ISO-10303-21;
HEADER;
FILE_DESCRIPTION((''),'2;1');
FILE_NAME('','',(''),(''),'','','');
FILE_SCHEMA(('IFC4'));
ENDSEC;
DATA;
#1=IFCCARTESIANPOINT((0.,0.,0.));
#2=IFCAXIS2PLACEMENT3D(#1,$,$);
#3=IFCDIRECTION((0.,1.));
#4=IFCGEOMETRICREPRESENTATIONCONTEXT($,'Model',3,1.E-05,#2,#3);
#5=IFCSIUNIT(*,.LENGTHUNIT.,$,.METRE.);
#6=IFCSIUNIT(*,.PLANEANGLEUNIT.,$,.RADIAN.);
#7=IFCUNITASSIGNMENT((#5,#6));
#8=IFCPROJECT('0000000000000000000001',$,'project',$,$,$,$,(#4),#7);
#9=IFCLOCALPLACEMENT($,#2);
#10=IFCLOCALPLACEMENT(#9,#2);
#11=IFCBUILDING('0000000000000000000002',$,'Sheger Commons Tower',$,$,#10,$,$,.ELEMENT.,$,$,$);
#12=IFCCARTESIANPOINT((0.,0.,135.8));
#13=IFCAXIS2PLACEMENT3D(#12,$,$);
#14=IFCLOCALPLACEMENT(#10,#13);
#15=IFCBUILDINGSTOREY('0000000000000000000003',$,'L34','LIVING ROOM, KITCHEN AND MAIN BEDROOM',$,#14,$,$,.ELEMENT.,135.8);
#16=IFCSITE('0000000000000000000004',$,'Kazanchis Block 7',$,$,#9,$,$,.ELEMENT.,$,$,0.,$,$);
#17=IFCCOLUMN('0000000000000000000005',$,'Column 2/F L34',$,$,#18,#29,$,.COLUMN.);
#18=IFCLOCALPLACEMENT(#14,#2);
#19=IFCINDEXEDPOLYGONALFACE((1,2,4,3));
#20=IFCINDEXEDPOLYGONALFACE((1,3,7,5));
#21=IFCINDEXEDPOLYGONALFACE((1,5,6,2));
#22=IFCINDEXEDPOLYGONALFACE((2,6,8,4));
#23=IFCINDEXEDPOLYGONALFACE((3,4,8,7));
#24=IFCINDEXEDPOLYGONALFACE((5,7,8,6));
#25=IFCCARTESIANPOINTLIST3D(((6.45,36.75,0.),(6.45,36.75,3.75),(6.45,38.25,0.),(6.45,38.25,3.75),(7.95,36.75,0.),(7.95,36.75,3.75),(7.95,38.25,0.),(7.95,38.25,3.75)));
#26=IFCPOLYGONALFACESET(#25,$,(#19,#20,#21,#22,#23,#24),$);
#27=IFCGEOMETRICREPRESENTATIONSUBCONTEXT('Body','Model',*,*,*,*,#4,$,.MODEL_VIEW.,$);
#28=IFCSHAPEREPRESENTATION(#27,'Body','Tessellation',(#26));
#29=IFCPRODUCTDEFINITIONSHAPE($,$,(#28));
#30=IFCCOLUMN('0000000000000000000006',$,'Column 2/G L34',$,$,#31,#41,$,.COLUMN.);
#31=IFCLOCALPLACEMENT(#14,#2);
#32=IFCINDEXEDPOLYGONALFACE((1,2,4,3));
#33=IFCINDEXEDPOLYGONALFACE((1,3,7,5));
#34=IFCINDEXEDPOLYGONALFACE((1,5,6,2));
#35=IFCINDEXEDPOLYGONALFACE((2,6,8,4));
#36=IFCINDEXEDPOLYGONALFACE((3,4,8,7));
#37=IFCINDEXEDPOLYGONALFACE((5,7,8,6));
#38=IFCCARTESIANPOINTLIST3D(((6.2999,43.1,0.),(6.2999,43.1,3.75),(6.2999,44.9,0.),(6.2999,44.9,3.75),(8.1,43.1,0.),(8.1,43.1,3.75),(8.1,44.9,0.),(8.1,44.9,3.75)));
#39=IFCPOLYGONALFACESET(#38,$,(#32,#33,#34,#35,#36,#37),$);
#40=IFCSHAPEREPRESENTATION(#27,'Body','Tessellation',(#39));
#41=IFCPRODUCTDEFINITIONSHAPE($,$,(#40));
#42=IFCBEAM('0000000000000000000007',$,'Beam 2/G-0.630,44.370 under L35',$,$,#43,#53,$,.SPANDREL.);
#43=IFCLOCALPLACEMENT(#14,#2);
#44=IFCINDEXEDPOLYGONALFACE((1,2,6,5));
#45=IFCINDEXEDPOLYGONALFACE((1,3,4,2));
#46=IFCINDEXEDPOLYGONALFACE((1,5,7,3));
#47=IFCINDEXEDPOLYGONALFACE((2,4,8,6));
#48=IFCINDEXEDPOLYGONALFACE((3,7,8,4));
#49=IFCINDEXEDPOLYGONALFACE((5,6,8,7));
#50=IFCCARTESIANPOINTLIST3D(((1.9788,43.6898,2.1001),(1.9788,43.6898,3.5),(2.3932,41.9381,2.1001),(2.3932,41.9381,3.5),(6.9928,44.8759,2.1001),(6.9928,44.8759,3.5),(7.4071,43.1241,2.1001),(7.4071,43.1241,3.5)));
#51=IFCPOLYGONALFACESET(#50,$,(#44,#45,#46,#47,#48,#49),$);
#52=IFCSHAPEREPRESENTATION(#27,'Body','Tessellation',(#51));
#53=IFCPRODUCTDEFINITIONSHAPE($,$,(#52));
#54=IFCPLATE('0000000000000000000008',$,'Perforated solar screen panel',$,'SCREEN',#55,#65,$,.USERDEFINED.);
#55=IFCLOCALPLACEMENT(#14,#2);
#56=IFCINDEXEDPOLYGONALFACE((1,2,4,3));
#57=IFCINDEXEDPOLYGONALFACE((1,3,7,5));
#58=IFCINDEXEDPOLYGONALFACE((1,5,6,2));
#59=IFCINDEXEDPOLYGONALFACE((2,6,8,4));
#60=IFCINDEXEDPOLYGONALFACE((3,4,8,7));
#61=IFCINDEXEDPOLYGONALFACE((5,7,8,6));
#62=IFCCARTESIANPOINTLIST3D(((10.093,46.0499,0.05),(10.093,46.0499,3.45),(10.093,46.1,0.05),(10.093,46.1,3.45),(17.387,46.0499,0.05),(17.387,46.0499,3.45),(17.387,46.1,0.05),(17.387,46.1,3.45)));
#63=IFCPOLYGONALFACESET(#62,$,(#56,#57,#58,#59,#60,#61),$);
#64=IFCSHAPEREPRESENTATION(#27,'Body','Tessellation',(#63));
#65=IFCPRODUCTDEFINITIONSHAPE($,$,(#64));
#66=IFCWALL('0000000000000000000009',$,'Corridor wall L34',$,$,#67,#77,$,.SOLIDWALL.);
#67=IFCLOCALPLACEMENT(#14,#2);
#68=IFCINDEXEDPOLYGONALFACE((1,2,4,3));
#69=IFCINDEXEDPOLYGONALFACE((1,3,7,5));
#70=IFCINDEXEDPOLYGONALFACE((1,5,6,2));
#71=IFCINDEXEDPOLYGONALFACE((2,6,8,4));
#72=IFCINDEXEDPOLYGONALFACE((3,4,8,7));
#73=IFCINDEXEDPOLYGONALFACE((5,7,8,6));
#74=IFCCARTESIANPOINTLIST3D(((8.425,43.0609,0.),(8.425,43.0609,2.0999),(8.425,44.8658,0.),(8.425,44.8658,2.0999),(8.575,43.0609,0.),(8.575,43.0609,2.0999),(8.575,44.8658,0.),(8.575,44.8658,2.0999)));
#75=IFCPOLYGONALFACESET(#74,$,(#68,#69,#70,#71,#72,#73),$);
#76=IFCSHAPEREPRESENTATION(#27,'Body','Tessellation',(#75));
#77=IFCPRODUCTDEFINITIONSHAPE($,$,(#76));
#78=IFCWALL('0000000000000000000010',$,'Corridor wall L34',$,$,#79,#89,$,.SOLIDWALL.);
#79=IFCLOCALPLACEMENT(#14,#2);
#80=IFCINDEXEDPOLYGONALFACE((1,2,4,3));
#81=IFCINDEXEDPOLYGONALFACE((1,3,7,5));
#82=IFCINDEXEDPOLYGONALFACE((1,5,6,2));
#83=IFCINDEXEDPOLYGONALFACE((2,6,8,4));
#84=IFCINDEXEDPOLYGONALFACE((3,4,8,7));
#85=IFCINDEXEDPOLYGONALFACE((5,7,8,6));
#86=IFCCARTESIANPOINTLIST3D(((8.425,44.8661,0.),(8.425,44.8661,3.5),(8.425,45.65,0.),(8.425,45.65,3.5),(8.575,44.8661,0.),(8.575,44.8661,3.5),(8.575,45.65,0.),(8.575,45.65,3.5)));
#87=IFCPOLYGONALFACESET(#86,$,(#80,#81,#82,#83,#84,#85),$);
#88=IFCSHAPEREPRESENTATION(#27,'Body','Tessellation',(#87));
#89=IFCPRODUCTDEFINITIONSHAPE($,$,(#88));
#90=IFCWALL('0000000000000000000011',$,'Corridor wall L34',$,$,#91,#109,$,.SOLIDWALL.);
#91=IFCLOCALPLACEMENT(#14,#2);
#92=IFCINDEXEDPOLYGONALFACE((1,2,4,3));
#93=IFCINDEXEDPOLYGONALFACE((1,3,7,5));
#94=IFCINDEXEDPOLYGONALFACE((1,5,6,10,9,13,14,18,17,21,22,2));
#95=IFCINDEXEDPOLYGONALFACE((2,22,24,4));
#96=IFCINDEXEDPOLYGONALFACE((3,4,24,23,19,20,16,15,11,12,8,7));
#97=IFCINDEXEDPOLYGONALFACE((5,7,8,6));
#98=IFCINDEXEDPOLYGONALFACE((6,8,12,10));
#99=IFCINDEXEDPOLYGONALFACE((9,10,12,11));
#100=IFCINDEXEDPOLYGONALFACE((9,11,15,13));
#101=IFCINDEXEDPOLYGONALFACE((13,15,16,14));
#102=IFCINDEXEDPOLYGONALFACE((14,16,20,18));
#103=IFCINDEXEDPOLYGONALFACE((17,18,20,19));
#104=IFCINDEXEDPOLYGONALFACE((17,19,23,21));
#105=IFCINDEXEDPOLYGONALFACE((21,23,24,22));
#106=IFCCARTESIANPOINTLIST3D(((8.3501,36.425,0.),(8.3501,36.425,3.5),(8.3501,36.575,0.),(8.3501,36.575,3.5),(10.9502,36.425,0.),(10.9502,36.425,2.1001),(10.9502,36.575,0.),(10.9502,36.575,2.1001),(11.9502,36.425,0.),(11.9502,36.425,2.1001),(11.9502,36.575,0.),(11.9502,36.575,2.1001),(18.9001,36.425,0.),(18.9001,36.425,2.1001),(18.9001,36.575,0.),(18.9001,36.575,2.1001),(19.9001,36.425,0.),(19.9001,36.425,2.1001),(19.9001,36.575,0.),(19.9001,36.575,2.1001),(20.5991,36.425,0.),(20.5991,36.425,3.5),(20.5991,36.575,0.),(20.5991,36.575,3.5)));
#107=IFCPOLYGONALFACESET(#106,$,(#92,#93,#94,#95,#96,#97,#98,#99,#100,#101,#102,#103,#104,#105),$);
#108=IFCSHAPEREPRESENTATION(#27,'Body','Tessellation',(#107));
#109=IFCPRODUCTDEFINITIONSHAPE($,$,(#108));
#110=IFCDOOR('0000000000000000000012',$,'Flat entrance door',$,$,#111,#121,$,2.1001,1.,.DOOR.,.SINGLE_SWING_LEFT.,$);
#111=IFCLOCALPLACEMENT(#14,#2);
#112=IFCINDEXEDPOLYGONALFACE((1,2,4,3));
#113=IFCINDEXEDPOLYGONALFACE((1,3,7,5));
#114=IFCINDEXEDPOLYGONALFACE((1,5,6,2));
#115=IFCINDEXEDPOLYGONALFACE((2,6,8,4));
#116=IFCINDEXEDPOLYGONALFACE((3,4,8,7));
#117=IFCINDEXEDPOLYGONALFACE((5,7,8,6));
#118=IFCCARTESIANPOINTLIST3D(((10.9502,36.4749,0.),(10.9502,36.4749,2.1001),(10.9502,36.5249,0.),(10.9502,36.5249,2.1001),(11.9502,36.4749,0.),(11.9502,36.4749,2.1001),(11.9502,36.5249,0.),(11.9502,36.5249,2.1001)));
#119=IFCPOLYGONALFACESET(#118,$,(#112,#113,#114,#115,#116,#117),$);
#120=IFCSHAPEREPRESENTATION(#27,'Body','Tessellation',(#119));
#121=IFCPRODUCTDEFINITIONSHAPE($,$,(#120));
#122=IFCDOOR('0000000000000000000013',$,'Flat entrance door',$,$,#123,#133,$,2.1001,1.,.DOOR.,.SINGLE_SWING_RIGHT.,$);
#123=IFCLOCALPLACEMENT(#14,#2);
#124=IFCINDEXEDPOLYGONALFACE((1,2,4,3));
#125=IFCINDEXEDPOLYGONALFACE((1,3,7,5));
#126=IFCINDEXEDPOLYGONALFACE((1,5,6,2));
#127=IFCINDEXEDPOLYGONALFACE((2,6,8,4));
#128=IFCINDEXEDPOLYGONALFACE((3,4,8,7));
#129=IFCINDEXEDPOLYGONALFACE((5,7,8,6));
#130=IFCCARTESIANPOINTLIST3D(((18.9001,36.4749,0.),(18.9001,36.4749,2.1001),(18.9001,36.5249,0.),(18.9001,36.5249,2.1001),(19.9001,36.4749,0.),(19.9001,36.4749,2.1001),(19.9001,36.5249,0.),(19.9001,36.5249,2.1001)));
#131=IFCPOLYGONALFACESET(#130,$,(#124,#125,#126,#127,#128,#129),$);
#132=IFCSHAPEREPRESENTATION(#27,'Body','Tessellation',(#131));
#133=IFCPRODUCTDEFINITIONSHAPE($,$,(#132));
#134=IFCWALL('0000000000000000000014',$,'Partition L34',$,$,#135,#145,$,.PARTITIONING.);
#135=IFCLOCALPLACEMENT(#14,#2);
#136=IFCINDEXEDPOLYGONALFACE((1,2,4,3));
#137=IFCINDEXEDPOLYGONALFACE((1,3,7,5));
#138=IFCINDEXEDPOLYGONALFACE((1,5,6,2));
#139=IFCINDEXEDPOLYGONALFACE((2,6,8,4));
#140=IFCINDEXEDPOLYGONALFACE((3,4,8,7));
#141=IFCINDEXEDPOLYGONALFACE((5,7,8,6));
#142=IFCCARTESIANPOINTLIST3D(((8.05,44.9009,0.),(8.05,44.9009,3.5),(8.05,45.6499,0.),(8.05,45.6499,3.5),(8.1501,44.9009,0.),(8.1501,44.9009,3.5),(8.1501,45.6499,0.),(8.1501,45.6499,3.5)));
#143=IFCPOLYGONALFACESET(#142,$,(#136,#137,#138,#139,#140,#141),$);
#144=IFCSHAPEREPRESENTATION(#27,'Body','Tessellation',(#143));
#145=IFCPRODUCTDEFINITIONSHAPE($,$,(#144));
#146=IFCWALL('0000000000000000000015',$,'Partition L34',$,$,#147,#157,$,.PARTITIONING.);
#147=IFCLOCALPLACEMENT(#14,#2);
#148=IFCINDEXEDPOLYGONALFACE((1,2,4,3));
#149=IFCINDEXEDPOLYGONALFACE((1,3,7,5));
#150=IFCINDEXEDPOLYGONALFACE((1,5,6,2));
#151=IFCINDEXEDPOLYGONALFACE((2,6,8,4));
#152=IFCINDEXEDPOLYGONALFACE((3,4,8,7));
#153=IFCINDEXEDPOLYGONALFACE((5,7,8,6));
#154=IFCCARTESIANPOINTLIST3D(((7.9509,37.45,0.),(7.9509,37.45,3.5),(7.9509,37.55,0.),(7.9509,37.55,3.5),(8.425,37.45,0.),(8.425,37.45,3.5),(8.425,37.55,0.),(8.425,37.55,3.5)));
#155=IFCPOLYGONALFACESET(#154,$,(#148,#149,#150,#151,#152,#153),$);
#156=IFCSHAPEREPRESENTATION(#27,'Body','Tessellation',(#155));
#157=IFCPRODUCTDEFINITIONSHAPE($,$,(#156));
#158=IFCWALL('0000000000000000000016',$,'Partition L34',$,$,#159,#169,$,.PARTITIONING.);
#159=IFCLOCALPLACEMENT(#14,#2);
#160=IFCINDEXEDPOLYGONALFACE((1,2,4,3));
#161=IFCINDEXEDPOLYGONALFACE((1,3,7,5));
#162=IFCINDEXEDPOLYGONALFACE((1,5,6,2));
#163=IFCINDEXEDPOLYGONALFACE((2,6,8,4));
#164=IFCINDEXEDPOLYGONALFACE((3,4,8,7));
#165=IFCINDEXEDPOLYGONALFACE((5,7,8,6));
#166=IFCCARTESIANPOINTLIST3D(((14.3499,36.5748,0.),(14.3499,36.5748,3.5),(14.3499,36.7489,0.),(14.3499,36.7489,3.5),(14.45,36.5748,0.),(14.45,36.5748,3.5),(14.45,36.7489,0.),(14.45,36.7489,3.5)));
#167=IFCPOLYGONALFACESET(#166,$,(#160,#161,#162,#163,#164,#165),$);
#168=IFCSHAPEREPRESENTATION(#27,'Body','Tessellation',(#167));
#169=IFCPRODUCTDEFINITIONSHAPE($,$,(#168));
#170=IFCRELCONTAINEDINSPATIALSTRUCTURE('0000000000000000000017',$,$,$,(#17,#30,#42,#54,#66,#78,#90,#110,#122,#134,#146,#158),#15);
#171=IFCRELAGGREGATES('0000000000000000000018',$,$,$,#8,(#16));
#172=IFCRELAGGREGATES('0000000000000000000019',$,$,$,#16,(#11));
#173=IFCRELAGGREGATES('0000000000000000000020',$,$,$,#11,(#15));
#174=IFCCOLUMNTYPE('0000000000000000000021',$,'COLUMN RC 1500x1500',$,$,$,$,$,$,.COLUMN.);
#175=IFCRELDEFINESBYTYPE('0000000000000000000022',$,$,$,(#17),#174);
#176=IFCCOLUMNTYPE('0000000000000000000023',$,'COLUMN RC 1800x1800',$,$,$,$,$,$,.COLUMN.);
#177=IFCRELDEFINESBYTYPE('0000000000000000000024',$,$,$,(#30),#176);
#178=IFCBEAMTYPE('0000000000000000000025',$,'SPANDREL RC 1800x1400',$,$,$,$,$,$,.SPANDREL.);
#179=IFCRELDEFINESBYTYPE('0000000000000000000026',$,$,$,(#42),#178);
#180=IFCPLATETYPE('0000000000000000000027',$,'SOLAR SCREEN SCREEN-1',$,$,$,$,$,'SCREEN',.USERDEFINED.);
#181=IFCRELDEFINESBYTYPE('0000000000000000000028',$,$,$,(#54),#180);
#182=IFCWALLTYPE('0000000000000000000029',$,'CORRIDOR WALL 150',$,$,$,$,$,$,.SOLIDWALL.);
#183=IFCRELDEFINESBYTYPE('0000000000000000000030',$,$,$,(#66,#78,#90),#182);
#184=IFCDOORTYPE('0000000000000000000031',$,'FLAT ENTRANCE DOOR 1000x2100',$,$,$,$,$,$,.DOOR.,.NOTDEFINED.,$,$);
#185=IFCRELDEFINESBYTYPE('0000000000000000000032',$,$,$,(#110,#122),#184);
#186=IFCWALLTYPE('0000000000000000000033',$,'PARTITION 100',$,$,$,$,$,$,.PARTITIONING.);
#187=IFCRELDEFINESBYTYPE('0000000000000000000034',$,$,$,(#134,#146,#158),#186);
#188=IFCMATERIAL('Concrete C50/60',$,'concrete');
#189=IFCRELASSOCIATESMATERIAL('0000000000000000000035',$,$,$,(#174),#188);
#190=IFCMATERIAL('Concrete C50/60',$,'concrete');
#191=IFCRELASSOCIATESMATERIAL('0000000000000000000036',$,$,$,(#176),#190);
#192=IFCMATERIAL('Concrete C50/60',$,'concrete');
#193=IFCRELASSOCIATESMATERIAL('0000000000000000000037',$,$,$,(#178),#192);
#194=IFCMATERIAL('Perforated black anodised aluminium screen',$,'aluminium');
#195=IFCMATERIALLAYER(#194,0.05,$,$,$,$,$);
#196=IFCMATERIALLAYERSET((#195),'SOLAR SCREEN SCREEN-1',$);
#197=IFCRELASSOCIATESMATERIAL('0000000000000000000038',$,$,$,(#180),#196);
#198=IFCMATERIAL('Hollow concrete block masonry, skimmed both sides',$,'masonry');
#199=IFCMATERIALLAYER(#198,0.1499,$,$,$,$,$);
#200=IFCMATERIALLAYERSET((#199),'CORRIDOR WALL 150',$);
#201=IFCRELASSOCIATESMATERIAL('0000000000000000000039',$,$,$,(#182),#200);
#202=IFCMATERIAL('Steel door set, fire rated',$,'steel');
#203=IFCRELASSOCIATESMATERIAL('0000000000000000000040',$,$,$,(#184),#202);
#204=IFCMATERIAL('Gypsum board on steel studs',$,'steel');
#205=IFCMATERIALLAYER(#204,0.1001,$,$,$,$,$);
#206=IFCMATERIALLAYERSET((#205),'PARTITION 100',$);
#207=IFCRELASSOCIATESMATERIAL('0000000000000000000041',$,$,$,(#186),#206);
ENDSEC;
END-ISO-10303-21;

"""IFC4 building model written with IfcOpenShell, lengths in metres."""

from ifc_helpers import new_model, si_unit, direction, frame, frame_2d, origin, origin_2d, place, context, subcontext, project, spatial, rectangle, extrude, material, layer, layer_set, material_profile, profile_set, type_object, element, fill, save


model = new_model("IFC4")

# Units and contexts
model_context = context("Model", 3, precision=1e-05, world=origin(), true_north=direction((0.0, 1.0)))
body_context = subcontext(model_context, "Body", "Model", "MODEL_VIEW")
ifc_project = project(units=[si_unit("LENGTHUNIT", "METRE"), si_unit("PLANEANGLEUNIT", "RADIAN")], contexts=[model_context])

# Site, building, storey
site_placement = place(None, origin())
site = spatial("IfcSite", under=ifc_project, at=site_placement, Name="Kazanchis Block 7", CompositionType="ELEMENT", RefElevation=0.0)
building_placement = place(site_placement, origin())
building = spatial("IfcBuilding", under=site, at=building_placement, Name="Sheger Commons Tower", CompositionType="ELEMENT")
storey_placement = place(building_placement, frame((0.0, 0.0, 135.8)))
storey = spatial("IfcBuildingStorey", under=building, at=storey_placement, Name="L34", Description="LIVING ROOM, KITCHEN AND MAIN BEDROOM", CompositionType="ELEMENT", Elevation=135.8)

# Columns
ifc_material_1 = material(Name="Concrete C50/60", Category="concrete")
ifc_material_profile_1 = material_profile(ifc_material_1, rectangle(XDim=1.5, YDim=1.5, at=origin_2d()), Name="RC 1500x1500")
ifc_profile_set_1 = profile_set([ifc_material_profile_1], Name="Concrete C50/60")
column_type_1 = type_object("IfcColumnType", Name="COLUMN RC 1500x1500", PredefinedType="COLUMN", material=ifc_profile_set_1)
column_1_placement = place(storey_placement, frame((7.2, 37.5, 0.0), z_axis=(0.0, 0.0, 1.0), x_axis=(1.0, 0.0, 0.0)))
element("IfcColumn", 1, at=column_1_placement, inside=storey, type_object=column_type_1, Name="Column 2/F L34", PredefinedType="COLUMN", context=body_context, shape_type="SweptSolid", body=[
    extrude(rectangle(XDim=1.5, YDim=1.5, at=origin_2d()), origin(), (0.0, 0.0, 1.0), 3.75),
])
ifc_material_2 = material(Name="Concrete C50/60", Category="concrete")
ifc_material_profile_2 = material_profile(ifc_material_2, rectangle(XDim=1.8, YDim=1.8, at=origin_2d()), Name="RC 1800x1800")
ifc_profile_set_2 = profile_set([ifc_material_profile_2], Name="Concrete C50/60")
column_type_2 = type_object("IfcColumnType", Name="COLUMN RC 1800x1800", PredefinedType="COLUMN", material=ifc_profile_set_2)
column_2_placement = place(storey_placement, frame((7.2, 44.0, 0.0), z_axis=(0.0, 0.0, 1.0), x_axis=(1.0, 0.0, 0.0)))
element("IfcColumn", 2, at=column_2_placement, inside=storey, type_object=column_type_2, Name="Column 2/G L34", PredefinedType="COLUMN", context=body_context, shape_type="SweptSolid", body=[
    extrude(rectangle(XDim=1.8, YDim=1.8, at=origin_2d()), origin(), (0.0, 0.0, 1.0), 3.75),
])

# Beam
ifc_material_3 = material(Name="Concrete C50/60", Category="concrete")
ifc_material_profile_3 = material_profile(ifc_material_3, rectangle(XDim=1.8, YDim=1.3999, at=origin_2d()), Name="RC 1800x1400")
ifc_profile_set_3 = profile_set([ifc_material_profile_3], Name="Concrete C50/60")
beam_type = type_object("IfcBeamType", Name="SPANDREL RC 1800x1400", PredefinedType="SPANDREL", material=ifc_profile_set_3)
beam_placement = place(storey_placement, frame((7.2, 44.0, 2.8), z_axis=(-0.973144, -0.230196, 0.0), x_axis=(0.230196, -0.973144, 0.0)))
element("IfcBeam", 3, at=beam_placement, inside=storey, type_object=beam_type, Name="Beam 2/G-0.630,44.370 under L35", PredefinedType="SPANDREL", context=body_context, shape_type="SweptSolid", body=[
    extrude(rectangle(XDim=1.8, YDim=1.3999, at=origin_2d()), origin(), (0.0, 0.0, 1.0), 5.1523),
])

# Plate
ifc_material_4 = material(Name="Perforated black anodised aluminium screen", Category="aluminium")
ifc_layer_1 = layer(ifc_material_4, 0.05)
ifc_layer_set_1 = layer_set([ifc_layer_1], Name="SOLAR SCREEN SCREEN-1")
plate_type = type_object("IfcPlateType", Name="SOLAR SCREEN SCREEN-1", ElementType="SCREEN", PredefinedType="USERDEFINED", material=ifc_layer_set_1)
plate_placement = place(storey_placement, frame((13.74, 46.075, 0.05), z_axis=(0.0, 0.0, 1.0), x_axis=(-1.0, 0.0, 0.0)))
element("IfcPlate", 4, at=plate_placement, inside=storey, type_object=plate_type, Name="Perforated solar screen panel", ObjectType="SCREEN", PredefinedType="USERDEFINED", context=body_context, shape_type="SweptSolid", body=[
    extrude(rectangle(XDim=7.2939, YDim=0.05, at=origin_2d()), origin(), (0.0, 0.0, 1.0), 3.3999),
])

# Walls
ifc_material_5 = material(Name="Hollow concrete block masonry, skimmed both sides", Category="masonry")
ifc_layer_2 = layer(ifc_material_5, 0.1499)
ifc_layer_set_2 = layer_set([ifc_layer_2], Name="CORRIDOR WALL 150")
wall_type_1 = type_object("IfcWallType", Name="CORRIDOR WALL 150", PredefinedType="SOLIDWALL", material=ifc_layer_set_2)
wall_1_placement = place(storey_placement, frame((8.5, 43.061, 0.0), z_axis=(0.0, 0.0, 1.0), x_axis=(0.0, 1.0, 0.0)))
element("IfcWall", 5, at=wall_1_placement, inside=storey, type_object=wall_type_1, Name="Corridor wall L34", PredefinedType="SOLIDWALL", context=body_context, shape_type="SweptSolid", body=[
    extrude(rectangle(XDim=1.8049, YDim=0.1499, at=frame_2d((0.9023, 0.0))), origin(), (0.0, 0.0, 1.0), 2.0999),
])
wall_2_placement = place(storey_placement, frame((8.5, 44.866, 0.0), z_axis=(0.0, 0.0, 1.0), x_axis=(0.0, 1.0, 0.0)))
element("IfcWall", 6, at=wall_2_placement, inside=storey, type_object=wall_type_1, Name="Corridor wall L34", PredefinedType="SOLIDWALL", context=body_context, shape_type="SweptSolid", body=[
    extrude(rectangle(XDim=0.7839, YDim=0.1499, at=frame_2d((0.3921, 0.0))), origin(), (0.0, 0.0, 1.0), 3.5),
])

# Wall, openings, doors
wall_3_placement = place(storey_placement, frame((8.3501, 36.5, 0.0), z_axis=(0.0, 0.0, 1.0), x_axis=(1.0, 0.0, 0.0)))
wall_3 = element("IfcWall", 7, at=wall_3_placement, inside=storey, type_object=wall_type_1, Name="Corridor wall L34", PredefinedType="SOLIDWALL", context=body_context, shape_type="SweptSolid", body=[
    extrude(rectangle(XDim=12.249, YDim=0.1499, at=frame_2d((6.1245, 0.0))), origin(), (0.0, 0.0, 1.0), 3.5),
])
opening_1_placement = place(wall_3_placement, frame((2.6001, 0.0, 0.0)))
opening_1 = element("IfcOpeningElement", 8, at=opening_1_placement, cuts=wall_3, PredefinedType="OPENING", context=body_context, shape_type="SweptSolid", body=[
    extrude(rectangle(XDim=1.0, YDim=2.1001, at=frame_2d((0.5, 1.05))), frame((0.0, 0.085, 0.0), z_axis=(0.0, -1.0, 0.0), x_axis=(1.0, 0.0, 0.0)), (0.0, 0.0, 1.0), 0.1699),
])
opening_2_placement = place(wall_3_placement, frame((10.55, 0.0, 0.0)))
opening_2 = element("IfcOpeningElement", 9, at=opening_2_placement, cuts=wall_3, PredefinedType="OPENING", context=body_context, shape_type="SweptSolid", body=[
    extrude(rectangle(XDim=1.0, YDim=2.1001, at=frame_2d((0.5, 1.05))), frame((0.0, 0.085, 0.0), z_axis=(0.0, -1.0, 0.0), x_axis=(1.0, 0.0, 0.0)), (0.0, 0.0, 1.0), 0.1699),
])
ifc_material_6 = material(Name="Steel door set, fire rated", Category="steel")
door_type_1 = type_object("IfcDoorType", Name="FLAT ENTRANCE DOOR 1000x2100", OperationType="NOTDEFINED", PredefinedType="DOOR", material=ifc_material_6)
door_1_placement = place(opening_1_placement, origin())
door_1 = element("IfcDoor", 10, at=door_1_placement, inside=storey, type_object=door_type_1, Name="Flat entrance door", OperationType="SINGLE_SWING_LEFT", OverallHeight=2.1001, OverallWidth=1.0, PredefinedType="DOOR", context=body_context, shape_type="SweptSolid", body=[
    extrude(rectangle(XDim=1.0, YDim=2.1001, at=frame_2d((0.5, 1.05))), frame((0.0, 0.0249, 0.0), z_axis=(0.0, -1.0, 0.0), x_axis=(1.0, 0.0, 0.0)), (0.0, 0.0, 1.0), 0.05),
])
fill(opening_1, door_1)
door_2_placement = place(opening_2_placement, origin())
door_2 = element("IfcDoor", 11, at=door_2_placement, inside=storey, type_object=door_type_1, Name="Flat entrance door", OperationType="SINGLE_SWING_RIGHT", OverallHeight=2.1001, OverallWidth=1.0, PredefinedType="DOOR", context=body_context, shape_type="SweptSolid", body=[
    extrude(rectangle(XDim=1.0, YDim=2.1001, at=frame_2d((0.5, 1.05))), frame((0.0, 0.0249, 0.0), z_axis=(0.0, -1.0, 0.0), x_axis=(1.0, 0.0, 0.0)), (0.0, 0.0, 1.0), 0.05),
])
fill(opening_2, door_2)

# Walls
ifc_material_7 = material(Name="Gypsum board on steel studs", Category="steel")
ifc_layer_3 = layer(ifc_material_7, 0.1001)
ifc_layer_set_3 = layer_set([ifc_layer_3], Name="PARTITION 100")
wall_type_2 = type_object("IfcWallType", Name="PARTITION 100", PredefinedType="PARTITIONING", material=ifc_layer_set_3)
wall_4_placement = place(storey_placement, frame((8.1001, 45.6499, 0.0), z_axis=(0.0, 0.0, 1.0), x_axis=(0.0, -1.0, 0.0)))
element("IfcWall", 12, at=wall_4_placement, inside=storey, type_object=wall_type_2, Name="Partition L34", PredefinedType="PARTITIONING", context=body_context, shape_type="SweptSolid", body=[
    extrude(rectangle(XDim=0.749, YDim=0.1001, at=frame_2d((0.3745, 0.0))), origin(), (0.0, 0.0, 1.0), 3.5),
])
wall_5_placement = place(storey_placement, frame((7.9509, 37.5, 0.0), z_axis=(0.0, 0.0, 1.0), x_axis=(1.0, 0.0, 0.0)))
element("IfcWall", 13, at=wall_5_placement, inside=storey, type_object=wall_type_2, Name="Partition L34", PredefinedType="PARTITIONING", context=body_context, shape_type="SweptSolid", body=[
    extrude(rectangle(XDim=0.4741, YDim=0.1001, at=frame_2d((0.2371, 0.0))), origin(), (0.0, 0.0, 1.0), 3.5),
])
wall_6_placement = place(storey_placement, frame((14.3999, 36.575, 0.0), z_axis=(0.0, 0.0, 1.0), x_axis=(0.0, 1.0, 0.0)))
element("IfcWall", 14, at=wall_6_placement, inside=storey, type_object=wall_type_2, Name="Partition L34", PredefinedType="PARTITIONING", context=body_context, shape_type="SweptSolid", body=[
    extrude(rectangle(XDim=0.1741, YDim=0.1001, at=frame_2d((0.0869, 0.0))), origin(), (0.0, 0.0, 1.0), 3.5),
])

save(model, "model.ifc")
